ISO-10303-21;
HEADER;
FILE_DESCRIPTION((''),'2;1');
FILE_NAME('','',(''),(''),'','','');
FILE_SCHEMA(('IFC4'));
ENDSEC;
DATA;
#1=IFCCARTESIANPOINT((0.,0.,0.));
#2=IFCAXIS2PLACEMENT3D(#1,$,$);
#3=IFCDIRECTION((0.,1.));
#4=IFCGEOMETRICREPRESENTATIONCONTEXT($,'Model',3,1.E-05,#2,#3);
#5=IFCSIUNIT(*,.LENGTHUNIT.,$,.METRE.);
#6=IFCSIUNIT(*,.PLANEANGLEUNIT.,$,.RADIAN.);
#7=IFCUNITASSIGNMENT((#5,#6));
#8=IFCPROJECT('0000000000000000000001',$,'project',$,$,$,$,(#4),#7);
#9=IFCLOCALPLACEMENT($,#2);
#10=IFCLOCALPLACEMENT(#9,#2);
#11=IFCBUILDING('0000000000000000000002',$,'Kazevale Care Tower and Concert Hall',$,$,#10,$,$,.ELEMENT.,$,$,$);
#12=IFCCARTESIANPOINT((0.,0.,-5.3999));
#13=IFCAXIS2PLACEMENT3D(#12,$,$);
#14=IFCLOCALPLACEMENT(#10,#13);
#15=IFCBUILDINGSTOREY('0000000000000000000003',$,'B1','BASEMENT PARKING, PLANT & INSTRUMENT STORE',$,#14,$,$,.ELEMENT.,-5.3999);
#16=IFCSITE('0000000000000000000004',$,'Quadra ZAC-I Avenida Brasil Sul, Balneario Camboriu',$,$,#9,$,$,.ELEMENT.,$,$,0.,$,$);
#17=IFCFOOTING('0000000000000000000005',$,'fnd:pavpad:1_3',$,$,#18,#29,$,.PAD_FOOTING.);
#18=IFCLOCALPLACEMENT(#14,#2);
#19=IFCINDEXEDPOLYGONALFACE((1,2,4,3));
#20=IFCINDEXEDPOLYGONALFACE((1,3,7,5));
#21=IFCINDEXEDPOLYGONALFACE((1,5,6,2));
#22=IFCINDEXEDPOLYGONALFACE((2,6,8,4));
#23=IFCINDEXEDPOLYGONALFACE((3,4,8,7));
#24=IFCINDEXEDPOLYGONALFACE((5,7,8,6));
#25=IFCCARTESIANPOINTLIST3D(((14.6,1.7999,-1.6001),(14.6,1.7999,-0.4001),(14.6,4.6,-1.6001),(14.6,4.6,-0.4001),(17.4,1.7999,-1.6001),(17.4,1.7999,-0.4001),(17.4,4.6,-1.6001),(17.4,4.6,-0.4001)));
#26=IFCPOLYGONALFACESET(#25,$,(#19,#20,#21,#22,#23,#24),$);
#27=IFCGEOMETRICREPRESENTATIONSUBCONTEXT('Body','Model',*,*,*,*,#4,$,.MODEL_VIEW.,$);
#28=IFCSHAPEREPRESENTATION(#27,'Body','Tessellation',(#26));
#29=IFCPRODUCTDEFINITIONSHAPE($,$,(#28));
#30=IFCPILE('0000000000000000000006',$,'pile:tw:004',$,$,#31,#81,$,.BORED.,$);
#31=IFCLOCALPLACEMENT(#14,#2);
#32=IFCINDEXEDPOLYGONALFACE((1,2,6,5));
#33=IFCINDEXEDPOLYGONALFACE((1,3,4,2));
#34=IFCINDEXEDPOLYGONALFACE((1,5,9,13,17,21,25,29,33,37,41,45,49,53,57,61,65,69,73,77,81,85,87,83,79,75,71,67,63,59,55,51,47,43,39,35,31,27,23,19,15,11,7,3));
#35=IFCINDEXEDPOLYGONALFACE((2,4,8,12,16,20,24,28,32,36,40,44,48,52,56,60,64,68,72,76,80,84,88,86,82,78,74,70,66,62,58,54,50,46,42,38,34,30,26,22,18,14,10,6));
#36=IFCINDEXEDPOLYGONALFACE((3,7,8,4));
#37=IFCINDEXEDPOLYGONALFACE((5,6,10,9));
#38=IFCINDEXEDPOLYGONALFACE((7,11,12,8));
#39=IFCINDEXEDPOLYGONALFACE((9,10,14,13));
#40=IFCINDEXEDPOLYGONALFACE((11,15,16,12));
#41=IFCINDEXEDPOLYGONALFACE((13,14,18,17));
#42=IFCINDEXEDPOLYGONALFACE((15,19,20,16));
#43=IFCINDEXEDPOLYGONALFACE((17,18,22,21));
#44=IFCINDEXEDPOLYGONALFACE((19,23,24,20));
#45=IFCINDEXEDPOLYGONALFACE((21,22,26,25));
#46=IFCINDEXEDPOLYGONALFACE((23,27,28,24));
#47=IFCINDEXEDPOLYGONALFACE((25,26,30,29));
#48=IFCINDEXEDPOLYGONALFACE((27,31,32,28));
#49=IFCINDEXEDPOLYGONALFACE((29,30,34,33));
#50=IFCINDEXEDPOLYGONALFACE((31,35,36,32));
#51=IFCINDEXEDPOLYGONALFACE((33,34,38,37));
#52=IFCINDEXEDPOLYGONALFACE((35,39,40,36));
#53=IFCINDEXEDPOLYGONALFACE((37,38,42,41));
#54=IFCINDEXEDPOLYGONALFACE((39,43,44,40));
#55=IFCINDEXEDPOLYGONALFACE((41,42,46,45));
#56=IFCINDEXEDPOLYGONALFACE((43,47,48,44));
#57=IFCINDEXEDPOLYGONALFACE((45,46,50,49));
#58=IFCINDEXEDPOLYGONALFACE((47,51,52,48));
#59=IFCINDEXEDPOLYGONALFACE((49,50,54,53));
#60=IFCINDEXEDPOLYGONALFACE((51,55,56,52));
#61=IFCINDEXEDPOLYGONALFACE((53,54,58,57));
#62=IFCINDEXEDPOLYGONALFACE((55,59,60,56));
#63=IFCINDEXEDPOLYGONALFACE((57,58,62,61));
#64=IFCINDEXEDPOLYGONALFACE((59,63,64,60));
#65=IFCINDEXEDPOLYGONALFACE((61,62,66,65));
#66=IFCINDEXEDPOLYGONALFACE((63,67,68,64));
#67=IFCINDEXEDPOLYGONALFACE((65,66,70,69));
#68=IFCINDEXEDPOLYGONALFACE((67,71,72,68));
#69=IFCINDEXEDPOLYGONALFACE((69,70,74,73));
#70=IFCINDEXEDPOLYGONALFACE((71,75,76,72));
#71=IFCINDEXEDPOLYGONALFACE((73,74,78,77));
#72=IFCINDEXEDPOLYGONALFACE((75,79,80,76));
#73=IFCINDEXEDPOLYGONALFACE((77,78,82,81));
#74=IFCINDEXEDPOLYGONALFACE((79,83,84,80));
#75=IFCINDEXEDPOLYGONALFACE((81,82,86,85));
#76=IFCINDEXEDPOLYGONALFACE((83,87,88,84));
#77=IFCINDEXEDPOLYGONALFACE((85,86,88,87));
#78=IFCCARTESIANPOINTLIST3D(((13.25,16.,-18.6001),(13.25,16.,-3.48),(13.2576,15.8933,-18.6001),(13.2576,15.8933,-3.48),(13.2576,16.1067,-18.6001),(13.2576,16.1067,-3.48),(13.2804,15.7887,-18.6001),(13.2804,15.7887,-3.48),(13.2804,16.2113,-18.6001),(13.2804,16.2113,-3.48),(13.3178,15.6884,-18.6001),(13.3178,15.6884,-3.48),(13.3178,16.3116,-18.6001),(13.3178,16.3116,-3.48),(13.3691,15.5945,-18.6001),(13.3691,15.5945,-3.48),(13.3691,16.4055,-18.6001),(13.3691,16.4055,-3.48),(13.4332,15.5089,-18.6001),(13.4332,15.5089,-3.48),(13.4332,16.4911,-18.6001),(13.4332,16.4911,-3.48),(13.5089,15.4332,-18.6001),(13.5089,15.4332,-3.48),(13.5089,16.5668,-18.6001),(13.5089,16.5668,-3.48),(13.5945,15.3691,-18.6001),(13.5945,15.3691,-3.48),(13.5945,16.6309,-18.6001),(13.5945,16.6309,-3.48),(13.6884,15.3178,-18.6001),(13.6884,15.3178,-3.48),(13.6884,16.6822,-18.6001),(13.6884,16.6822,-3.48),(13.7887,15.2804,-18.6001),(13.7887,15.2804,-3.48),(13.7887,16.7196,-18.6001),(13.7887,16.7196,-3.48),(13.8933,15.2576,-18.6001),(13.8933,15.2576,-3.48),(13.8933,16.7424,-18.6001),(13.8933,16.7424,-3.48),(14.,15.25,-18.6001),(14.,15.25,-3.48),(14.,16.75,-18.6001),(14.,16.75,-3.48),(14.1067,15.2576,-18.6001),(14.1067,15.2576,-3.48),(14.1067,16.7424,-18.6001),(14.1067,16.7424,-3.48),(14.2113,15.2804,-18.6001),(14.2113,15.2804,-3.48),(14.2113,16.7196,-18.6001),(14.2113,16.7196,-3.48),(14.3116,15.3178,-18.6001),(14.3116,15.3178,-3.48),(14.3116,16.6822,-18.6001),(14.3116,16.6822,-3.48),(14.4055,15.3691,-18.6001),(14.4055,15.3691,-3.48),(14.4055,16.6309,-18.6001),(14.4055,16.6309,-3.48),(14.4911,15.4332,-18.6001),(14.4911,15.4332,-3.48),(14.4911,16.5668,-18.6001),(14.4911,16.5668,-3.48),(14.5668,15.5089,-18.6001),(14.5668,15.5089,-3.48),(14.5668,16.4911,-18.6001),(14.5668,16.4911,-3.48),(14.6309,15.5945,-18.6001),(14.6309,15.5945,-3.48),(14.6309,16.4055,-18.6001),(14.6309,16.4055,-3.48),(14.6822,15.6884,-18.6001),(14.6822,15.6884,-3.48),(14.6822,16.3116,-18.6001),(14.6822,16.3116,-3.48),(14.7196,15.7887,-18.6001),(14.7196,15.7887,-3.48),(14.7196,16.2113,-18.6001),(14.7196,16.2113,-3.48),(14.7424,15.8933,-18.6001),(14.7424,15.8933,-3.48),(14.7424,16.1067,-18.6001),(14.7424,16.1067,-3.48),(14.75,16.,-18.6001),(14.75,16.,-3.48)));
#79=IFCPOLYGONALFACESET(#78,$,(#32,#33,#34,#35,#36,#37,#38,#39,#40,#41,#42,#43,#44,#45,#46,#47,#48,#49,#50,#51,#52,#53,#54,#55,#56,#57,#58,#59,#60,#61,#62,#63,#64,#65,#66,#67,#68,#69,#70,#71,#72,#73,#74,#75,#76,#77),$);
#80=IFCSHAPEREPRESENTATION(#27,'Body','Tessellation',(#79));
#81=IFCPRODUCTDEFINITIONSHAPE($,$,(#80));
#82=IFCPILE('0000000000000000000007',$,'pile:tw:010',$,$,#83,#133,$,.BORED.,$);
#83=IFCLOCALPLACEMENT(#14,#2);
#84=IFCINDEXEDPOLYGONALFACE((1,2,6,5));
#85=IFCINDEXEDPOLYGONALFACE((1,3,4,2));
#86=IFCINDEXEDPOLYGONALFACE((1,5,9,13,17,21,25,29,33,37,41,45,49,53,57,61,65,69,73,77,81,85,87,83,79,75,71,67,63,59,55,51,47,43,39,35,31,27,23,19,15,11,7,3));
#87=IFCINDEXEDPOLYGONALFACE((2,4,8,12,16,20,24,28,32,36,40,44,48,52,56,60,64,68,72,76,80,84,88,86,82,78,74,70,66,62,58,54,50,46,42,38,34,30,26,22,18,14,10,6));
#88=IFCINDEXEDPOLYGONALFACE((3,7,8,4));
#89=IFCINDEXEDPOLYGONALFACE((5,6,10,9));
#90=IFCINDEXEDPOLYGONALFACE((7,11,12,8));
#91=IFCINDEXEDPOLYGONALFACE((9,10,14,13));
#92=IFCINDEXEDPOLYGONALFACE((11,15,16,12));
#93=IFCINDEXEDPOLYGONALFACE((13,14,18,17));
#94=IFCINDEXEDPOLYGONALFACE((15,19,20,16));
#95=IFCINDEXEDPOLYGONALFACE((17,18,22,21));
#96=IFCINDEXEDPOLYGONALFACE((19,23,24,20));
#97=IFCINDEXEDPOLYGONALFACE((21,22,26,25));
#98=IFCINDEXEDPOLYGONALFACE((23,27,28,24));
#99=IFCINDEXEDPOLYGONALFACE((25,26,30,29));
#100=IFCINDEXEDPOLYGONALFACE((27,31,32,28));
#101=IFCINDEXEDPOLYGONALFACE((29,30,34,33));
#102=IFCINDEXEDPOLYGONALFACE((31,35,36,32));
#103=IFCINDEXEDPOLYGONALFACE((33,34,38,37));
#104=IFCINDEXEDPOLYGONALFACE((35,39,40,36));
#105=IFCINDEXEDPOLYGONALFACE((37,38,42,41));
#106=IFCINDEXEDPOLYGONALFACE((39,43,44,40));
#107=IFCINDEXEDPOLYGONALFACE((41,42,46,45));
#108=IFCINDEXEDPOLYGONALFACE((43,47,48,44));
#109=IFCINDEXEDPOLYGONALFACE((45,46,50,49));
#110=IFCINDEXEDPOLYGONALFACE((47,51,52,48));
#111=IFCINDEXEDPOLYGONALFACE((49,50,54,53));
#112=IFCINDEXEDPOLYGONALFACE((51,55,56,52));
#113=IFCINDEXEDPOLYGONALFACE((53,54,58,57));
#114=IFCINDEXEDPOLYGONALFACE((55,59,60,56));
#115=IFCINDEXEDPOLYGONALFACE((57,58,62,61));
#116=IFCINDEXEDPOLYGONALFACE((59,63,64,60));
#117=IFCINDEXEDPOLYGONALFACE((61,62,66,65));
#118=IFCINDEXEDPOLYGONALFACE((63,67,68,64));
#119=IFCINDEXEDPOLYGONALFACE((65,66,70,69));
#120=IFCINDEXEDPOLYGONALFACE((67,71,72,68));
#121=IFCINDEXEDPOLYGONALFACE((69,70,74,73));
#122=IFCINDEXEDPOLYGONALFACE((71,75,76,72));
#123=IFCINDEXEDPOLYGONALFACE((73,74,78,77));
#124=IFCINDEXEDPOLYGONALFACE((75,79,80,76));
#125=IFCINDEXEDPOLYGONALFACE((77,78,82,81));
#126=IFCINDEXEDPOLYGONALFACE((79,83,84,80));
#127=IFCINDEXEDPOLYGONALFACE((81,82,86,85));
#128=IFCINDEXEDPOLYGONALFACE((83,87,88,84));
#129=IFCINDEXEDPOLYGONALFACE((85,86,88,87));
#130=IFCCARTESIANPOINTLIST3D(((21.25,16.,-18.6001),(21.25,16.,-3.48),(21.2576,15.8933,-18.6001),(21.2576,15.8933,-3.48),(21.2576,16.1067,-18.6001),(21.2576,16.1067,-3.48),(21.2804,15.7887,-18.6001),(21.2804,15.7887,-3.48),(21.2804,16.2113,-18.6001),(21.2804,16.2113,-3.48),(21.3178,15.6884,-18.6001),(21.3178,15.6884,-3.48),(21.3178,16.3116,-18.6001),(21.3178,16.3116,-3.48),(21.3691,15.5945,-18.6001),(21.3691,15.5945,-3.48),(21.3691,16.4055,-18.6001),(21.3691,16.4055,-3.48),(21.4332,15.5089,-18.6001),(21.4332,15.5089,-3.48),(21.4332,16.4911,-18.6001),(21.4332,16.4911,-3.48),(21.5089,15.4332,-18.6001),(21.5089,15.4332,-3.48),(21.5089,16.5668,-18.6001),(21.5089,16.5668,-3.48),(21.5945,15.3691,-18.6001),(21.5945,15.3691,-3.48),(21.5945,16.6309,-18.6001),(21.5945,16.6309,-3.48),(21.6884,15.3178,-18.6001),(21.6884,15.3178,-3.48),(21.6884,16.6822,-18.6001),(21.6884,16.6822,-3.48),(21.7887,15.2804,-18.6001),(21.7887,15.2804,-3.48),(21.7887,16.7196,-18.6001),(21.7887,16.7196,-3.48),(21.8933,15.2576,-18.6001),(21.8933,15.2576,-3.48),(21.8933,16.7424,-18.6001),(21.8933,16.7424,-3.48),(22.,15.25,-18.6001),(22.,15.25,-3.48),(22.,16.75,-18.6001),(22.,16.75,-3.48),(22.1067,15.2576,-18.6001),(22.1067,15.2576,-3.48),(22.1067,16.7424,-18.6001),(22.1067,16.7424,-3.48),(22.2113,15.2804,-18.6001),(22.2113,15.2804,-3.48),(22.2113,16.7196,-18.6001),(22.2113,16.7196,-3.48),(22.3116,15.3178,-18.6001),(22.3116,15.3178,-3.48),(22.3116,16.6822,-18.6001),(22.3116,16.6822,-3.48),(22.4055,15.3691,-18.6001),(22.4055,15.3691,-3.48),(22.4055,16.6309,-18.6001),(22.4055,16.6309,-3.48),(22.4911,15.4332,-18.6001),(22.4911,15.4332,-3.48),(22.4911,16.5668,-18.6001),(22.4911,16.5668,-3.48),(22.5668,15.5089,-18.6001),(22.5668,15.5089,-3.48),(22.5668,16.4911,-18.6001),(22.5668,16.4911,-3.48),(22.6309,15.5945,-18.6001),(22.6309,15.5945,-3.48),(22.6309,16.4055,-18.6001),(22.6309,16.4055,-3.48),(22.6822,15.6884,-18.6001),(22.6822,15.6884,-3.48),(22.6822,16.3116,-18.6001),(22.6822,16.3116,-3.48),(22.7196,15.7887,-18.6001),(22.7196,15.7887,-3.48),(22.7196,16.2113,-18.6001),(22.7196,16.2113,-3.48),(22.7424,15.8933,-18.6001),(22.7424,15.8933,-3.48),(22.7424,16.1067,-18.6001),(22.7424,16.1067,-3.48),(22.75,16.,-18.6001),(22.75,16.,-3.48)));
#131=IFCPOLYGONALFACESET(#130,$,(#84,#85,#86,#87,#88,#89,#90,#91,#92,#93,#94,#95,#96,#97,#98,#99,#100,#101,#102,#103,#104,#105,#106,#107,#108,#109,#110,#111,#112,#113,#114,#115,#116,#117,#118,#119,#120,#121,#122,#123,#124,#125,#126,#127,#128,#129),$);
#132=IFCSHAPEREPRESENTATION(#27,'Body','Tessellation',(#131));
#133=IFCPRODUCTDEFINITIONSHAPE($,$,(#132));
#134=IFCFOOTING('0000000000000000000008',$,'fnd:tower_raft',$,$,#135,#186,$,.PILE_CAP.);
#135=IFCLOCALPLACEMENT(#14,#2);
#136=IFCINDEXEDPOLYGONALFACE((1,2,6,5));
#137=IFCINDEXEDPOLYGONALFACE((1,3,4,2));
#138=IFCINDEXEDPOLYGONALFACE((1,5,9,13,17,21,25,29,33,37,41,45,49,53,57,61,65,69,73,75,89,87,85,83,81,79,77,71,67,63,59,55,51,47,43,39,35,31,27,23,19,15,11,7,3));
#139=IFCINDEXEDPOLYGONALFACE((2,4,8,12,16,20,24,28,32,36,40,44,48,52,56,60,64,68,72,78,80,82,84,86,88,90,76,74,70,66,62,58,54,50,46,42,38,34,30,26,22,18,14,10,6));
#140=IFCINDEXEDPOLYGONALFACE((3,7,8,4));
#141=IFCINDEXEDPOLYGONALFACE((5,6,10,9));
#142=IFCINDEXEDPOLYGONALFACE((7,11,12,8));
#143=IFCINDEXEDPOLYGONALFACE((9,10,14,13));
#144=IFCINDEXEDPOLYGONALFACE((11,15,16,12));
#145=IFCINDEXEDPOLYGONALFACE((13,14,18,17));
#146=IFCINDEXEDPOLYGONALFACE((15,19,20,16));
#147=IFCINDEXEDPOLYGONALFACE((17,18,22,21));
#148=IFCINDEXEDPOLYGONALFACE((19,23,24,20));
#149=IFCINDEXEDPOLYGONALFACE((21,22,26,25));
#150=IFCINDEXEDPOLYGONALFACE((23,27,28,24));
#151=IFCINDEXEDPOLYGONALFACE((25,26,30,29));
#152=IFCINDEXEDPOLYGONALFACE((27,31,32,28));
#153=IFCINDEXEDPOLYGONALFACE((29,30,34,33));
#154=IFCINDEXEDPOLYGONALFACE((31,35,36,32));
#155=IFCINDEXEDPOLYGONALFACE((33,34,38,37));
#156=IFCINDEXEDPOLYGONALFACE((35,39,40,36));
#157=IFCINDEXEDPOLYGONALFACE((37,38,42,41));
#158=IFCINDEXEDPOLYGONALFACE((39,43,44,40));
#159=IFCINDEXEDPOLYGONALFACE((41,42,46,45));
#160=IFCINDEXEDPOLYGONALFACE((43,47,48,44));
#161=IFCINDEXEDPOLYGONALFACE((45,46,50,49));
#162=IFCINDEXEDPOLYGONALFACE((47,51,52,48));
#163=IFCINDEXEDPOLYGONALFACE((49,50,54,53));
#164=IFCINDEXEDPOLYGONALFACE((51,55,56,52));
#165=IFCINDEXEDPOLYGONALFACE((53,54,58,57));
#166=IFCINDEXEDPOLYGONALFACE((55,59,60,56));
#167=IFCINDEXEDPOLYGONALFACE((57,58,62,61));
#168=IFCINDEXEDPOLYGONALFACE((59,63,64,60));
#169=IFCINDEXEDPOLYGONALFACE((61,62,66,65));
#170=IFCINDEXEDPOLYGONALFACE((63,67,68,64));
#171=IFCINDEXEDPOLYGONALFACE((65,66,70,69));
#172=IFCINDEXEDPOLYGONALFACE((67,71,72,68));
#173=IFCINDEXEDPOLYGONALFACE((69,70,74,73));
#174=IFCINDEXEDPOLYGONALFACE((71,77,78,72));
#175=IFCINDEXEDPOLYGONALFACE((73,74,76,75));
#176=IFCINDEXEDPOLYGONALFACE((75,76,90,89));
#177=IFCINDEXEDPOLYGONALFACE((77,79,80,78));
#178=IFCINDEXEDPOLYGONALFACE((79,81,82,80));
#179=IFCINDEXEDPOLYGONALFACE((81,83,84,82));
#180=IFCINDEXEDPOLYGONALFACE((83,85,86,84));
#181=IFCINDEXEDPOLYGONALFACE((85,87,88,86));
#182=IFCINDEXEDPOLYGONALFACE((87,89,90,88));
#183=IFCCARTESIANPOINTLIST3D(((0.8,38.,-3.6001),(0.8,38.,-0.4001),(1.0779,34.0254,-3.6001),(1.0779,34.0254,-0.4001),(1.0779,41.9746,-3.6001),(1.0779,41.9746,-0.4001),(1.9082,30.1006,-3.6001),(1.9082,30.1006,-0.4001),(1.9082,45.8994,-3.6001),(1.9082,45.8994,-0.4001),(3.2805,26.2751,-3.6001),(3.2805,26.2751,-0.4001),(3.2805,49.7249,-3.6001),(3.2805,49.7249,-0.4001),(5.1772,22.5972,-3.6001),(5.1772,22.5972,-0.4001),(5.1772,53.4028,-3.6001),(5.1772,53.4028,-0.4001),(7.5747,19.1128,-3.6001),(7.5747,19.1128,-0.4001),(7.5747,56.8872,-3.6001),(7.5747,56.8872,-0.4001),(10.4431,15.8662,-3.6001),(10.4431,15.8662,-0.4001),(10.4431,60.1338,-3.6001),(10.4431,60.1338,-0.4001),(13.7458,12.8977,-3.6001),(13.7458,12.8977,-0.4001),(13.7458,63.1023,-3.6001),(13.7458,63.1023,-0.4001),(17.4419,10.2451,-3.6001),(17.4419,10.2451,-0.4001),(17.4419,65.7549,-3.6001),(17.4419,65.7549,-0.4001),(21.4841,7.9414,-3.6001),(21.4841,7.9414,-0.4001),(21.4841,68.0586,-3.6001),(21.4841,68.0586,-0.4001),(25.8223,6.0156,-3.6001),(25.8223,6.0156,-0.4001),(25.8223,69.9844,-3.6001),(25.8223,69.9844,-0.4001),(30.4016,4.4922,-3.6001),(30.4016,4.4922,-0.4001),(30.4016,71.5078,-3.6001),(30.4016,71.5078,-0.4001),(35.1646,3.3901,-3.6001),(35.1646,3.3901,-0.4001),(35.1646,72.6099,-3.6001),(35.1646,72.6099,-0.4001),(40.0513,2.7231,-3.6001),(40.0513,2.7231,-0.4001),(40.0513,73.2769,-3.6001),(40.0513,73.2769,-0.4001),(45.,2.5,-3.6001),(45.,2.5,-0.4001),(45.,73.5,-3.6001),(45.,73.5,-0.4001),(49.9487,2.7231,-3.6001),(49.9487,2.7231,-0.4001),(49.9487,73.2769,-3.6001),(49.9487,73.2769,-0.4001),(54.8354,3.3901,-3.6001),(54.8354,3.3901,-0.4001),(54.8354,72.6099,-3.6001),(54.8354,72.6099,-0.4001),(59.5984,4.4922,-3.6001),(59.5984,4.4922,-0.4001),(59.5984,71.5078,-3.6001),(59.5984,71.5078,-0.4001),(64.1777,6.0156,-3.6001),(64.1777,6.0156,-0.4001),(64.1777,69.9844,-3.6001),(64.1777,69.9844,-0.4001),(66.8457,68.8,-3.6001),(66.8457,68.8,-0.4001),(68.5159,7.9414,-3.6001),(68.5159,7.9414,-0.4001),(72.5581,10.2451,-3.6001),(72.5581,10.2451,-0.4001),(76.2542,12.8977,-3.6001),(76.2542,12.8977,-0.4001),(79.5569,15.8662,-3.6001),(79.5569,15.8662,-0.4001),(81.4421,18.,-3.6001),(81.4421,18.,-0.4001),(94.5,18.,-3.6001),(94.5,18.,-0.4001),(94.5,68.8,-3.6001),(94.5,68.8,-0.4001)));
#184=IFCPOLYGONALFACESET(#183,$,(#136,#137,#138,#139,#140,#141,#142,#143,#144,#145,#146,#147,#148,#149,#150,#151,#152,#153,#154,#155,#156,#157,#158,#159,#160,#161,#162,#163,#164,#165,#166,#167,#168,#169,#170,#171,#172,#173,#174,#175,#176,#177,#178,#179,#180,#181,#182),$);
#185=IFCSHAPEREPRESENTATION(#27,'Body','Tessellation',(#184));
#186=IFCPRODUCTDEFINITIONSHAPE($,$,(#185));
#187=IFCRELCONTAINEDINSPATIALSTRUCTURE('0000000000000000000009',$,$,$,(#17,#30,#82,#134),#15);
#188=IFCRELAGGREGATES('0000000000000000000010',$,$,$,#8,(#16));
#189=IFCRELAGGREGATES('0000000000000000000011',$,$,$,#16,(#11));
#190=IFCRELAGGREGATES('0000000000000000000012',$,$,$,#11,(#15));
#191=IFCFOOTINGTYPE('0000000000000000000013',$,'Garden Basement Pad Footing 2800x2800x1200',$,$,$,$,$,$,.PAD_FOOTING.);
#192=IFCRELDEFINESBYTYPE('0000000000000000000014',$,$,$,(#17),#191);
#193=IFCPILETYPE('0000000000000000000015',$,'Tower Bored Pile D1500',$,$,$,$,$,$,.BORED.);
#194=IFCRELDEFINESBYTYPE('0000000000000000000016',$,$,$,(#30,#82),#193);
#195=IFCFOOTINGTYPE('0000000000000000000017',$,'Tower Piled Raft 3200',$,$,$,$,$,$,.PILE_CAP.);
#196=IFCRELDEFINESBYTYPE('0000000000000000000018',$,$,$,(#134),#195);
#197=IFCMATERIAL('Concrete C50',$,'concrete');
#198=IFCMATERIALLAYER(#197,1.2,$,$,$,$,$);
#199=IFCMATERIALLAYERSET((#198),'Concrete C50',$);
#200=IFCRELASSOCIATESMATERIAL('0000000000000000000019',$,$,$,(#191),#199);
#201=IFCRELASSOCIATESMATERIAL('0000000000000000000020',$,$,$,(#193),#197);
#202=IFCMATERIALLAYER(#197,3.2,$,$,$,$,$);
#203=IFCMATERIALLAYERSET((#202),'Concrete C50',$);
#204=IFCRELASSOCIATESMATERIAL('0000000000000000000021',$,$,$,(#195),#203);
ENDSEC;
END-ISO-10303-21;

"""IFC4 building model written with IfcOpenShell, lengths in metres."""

from ifc_helpers import new_model, si_unit, direction, frame, origin, origin_2d, place, context, subcontext, project, spatial, polyline, rectangle, circle, outline, extrude, material, layer, layer_set, material_profile, profile_set, type_object, element, save


model = new_model("IFC4")

# Units and contexts
model_context = context("Model", 3, precision=1e-05, world=origin(), true_north=direction((0.0, 1.0)))
body_context = subcontext(model_context, "Body", "Model", "MODEL_VIEW")
ifc_project = project(units=[si_unit("LENGTHUNIT", "METRE"), si_unit("PLANEANGLEUNIT", "RADIAN")], contexts=[model_context])

# Site, building, storey
site_placement = place(None, origin())
site = spatial("IfcSite", under=ifc_project, at=site_placement, Name="Quadra ZAC-I Avenida Brasil Sul, Balneario Camboriu", CompositionType="ELEMENT", RefElevation=0.0)
building_placement = place(site_placement, origin())
building = spatial("IfcBuilding", under=site, at=building_placement, Name="Kazevale Care Tower and Concert Hall", CompositionType="ELEMENT")
storey_placement = place(building_placement, frame((0.0, 0.0, -5.3999)))
storey = spatial("IfcBuildingStorey", under=building, at=storey_placement, Name="B1", Description="BASEMENT PARKING, PLANT & INSTRUMENT STORE", CompositionType="ELEMENT", Elevation=-5.3999)

# Footing
ifc_material_1 = material(Name="Concrete C50", Category="concrete")
ifc_layer_1 = layer(ifc_material_1, 1.2)
ifc_layer_set_1 = layer_set([ifc_layer_1], Name="Concrete C50")
footing_type_1 = type_object("IfcFootingType", Name="Garden Basement Pad Footing 2800x2800x1200", PredefinedType="PAD_FOOTING", material=ifc_layer_set_1)
footing_1_placement = place(storey_placement, frame((16.0, 3.2, -1.6001), z_axis=(0.0, 0.0, 1.0), x_axis=(1.0, 0.0, 0.0)))
element("IfcFooting", 1, at=footing_1_placement, inside=storey, type_object=footing_type_1, Name="fnd:pavpad:1_3", PredefinedType="PAD_FOOTING", context=body_context, shape_type="SweptSolid", body=[
    extrude(rectangle(XDim=2.8, YDim=2.8, at=origin_2d()), origin(), (0.0, 0.0, 1.0), 1.2),
])

# Piles
ifc_material_profile_1 = material_profile(ifc_material_1, circle(Radius=0.75, at=origin_2d()), Name="PILE-D1500")
ifc_profile_set_1 = profile_set([ifc_material_profile_1], Name="Concrete C50")
pile_type = type_object("IfcPileType", Name="Tower Bored Pile D1500", PredefinedType="BORED", material=ifc_profile_set_1)
for number, where, z_axis, x_axis, name in (
    (2, (14.0, 16.0, -3.48), (0.0, 0.0, -1.0), (1.0, 0.0, 0.0), "pile:tw:004"),
    (3, (22.0, 16.0, -3.48), (0.0, 0.0, -1.0), (1.0, 0.0, 0.0), "pile:tw:010"),
):
    element("IfcPile", number, at=place(storey_placement, frame(where, z_axis=z_axis, x_axis=x_axis)), inside=storey, type_object=pile_type, Name=name, PredefinedType="BORED", context=body_context, shape_type="SweptSolid", body=[
        extrude(circle(Radius=0.75, at=origin_2d()), origin(), (0.0, 0.0, 1.0), 15.1201),
    ])

# Footing
ifc_layer_2 = layer(ifc_material_1, 3.2)
ifc_layer_set_2 = layer_set([ifc_layer_2], Name="Concrete C50")
footing_type_2 = type_object("IfcFootingType", Name="Tower Piled Raft 3200", PredefinedType="PILE_CAP", material=ifc_layer_set_2)
footing_2_placement = place(storey_placement, frame((0.0, 0.0, -3.6001)))
element("IfcFooting", 4, at=footing_2_placement, inside=storey, type_object=footing_type_2, Name="fnd:tower_raft", PredefinedType="PILE_CAP", context=body_context, shape_type="SweptSolid", body=[
    extrude(outline(polyline([(79.5569, 15.8662), (76.2542, 12.8977), (72.5581, 10.2451), (68.5159, 7.9414), (64.1777, 6.0156), (59.5984, 4.4922), (54.8354, 3.3901), (49.9487, 2.7231), (45.0, 2.5), (40.0513, 2.7231), (35.1646, 3.3901), (30.4016, 4.4922), (25.8223, 6.0156), (21.4841, 7.9414), (17.4419, 10.2451), (13.7458, 12.8977), (10.4431, 15.8662), (7.5747, 19.1128), (5.1772, 22.5972), (3.2805, 26.2751), (1.9082, 30.1006), (1.0779, 34.0254), (0.8, 38.0), (1.0779, 41.9746), (1.9082, 45.8994), (3.2805, 49.7249), (5.1772, 53.4028), (7.5747, 56.8872), (10.4431, 60.1338), (13.7458, 63.1023), (17.4419, 65.7549), (21.4841, 68.0586), (25.8223, 69.9844), (30.4016, 71.5078), (35.1646, 72.6099), (40.0513, 73.2769), (45.0, 73.5), (49.9487, 73.2769), (54.8354, 72.6099), (59.5984, 71.5078), (64.1777, 69.9844), (66.8457, 68.8), (94.5, 68.8), (94.5, 18.0), (81.4421, 18.0), (79.5569, 15.8662)])), origin(), (0.0, 0.0, 1.0), 3.2),
])

save(model, "model.ifc")
